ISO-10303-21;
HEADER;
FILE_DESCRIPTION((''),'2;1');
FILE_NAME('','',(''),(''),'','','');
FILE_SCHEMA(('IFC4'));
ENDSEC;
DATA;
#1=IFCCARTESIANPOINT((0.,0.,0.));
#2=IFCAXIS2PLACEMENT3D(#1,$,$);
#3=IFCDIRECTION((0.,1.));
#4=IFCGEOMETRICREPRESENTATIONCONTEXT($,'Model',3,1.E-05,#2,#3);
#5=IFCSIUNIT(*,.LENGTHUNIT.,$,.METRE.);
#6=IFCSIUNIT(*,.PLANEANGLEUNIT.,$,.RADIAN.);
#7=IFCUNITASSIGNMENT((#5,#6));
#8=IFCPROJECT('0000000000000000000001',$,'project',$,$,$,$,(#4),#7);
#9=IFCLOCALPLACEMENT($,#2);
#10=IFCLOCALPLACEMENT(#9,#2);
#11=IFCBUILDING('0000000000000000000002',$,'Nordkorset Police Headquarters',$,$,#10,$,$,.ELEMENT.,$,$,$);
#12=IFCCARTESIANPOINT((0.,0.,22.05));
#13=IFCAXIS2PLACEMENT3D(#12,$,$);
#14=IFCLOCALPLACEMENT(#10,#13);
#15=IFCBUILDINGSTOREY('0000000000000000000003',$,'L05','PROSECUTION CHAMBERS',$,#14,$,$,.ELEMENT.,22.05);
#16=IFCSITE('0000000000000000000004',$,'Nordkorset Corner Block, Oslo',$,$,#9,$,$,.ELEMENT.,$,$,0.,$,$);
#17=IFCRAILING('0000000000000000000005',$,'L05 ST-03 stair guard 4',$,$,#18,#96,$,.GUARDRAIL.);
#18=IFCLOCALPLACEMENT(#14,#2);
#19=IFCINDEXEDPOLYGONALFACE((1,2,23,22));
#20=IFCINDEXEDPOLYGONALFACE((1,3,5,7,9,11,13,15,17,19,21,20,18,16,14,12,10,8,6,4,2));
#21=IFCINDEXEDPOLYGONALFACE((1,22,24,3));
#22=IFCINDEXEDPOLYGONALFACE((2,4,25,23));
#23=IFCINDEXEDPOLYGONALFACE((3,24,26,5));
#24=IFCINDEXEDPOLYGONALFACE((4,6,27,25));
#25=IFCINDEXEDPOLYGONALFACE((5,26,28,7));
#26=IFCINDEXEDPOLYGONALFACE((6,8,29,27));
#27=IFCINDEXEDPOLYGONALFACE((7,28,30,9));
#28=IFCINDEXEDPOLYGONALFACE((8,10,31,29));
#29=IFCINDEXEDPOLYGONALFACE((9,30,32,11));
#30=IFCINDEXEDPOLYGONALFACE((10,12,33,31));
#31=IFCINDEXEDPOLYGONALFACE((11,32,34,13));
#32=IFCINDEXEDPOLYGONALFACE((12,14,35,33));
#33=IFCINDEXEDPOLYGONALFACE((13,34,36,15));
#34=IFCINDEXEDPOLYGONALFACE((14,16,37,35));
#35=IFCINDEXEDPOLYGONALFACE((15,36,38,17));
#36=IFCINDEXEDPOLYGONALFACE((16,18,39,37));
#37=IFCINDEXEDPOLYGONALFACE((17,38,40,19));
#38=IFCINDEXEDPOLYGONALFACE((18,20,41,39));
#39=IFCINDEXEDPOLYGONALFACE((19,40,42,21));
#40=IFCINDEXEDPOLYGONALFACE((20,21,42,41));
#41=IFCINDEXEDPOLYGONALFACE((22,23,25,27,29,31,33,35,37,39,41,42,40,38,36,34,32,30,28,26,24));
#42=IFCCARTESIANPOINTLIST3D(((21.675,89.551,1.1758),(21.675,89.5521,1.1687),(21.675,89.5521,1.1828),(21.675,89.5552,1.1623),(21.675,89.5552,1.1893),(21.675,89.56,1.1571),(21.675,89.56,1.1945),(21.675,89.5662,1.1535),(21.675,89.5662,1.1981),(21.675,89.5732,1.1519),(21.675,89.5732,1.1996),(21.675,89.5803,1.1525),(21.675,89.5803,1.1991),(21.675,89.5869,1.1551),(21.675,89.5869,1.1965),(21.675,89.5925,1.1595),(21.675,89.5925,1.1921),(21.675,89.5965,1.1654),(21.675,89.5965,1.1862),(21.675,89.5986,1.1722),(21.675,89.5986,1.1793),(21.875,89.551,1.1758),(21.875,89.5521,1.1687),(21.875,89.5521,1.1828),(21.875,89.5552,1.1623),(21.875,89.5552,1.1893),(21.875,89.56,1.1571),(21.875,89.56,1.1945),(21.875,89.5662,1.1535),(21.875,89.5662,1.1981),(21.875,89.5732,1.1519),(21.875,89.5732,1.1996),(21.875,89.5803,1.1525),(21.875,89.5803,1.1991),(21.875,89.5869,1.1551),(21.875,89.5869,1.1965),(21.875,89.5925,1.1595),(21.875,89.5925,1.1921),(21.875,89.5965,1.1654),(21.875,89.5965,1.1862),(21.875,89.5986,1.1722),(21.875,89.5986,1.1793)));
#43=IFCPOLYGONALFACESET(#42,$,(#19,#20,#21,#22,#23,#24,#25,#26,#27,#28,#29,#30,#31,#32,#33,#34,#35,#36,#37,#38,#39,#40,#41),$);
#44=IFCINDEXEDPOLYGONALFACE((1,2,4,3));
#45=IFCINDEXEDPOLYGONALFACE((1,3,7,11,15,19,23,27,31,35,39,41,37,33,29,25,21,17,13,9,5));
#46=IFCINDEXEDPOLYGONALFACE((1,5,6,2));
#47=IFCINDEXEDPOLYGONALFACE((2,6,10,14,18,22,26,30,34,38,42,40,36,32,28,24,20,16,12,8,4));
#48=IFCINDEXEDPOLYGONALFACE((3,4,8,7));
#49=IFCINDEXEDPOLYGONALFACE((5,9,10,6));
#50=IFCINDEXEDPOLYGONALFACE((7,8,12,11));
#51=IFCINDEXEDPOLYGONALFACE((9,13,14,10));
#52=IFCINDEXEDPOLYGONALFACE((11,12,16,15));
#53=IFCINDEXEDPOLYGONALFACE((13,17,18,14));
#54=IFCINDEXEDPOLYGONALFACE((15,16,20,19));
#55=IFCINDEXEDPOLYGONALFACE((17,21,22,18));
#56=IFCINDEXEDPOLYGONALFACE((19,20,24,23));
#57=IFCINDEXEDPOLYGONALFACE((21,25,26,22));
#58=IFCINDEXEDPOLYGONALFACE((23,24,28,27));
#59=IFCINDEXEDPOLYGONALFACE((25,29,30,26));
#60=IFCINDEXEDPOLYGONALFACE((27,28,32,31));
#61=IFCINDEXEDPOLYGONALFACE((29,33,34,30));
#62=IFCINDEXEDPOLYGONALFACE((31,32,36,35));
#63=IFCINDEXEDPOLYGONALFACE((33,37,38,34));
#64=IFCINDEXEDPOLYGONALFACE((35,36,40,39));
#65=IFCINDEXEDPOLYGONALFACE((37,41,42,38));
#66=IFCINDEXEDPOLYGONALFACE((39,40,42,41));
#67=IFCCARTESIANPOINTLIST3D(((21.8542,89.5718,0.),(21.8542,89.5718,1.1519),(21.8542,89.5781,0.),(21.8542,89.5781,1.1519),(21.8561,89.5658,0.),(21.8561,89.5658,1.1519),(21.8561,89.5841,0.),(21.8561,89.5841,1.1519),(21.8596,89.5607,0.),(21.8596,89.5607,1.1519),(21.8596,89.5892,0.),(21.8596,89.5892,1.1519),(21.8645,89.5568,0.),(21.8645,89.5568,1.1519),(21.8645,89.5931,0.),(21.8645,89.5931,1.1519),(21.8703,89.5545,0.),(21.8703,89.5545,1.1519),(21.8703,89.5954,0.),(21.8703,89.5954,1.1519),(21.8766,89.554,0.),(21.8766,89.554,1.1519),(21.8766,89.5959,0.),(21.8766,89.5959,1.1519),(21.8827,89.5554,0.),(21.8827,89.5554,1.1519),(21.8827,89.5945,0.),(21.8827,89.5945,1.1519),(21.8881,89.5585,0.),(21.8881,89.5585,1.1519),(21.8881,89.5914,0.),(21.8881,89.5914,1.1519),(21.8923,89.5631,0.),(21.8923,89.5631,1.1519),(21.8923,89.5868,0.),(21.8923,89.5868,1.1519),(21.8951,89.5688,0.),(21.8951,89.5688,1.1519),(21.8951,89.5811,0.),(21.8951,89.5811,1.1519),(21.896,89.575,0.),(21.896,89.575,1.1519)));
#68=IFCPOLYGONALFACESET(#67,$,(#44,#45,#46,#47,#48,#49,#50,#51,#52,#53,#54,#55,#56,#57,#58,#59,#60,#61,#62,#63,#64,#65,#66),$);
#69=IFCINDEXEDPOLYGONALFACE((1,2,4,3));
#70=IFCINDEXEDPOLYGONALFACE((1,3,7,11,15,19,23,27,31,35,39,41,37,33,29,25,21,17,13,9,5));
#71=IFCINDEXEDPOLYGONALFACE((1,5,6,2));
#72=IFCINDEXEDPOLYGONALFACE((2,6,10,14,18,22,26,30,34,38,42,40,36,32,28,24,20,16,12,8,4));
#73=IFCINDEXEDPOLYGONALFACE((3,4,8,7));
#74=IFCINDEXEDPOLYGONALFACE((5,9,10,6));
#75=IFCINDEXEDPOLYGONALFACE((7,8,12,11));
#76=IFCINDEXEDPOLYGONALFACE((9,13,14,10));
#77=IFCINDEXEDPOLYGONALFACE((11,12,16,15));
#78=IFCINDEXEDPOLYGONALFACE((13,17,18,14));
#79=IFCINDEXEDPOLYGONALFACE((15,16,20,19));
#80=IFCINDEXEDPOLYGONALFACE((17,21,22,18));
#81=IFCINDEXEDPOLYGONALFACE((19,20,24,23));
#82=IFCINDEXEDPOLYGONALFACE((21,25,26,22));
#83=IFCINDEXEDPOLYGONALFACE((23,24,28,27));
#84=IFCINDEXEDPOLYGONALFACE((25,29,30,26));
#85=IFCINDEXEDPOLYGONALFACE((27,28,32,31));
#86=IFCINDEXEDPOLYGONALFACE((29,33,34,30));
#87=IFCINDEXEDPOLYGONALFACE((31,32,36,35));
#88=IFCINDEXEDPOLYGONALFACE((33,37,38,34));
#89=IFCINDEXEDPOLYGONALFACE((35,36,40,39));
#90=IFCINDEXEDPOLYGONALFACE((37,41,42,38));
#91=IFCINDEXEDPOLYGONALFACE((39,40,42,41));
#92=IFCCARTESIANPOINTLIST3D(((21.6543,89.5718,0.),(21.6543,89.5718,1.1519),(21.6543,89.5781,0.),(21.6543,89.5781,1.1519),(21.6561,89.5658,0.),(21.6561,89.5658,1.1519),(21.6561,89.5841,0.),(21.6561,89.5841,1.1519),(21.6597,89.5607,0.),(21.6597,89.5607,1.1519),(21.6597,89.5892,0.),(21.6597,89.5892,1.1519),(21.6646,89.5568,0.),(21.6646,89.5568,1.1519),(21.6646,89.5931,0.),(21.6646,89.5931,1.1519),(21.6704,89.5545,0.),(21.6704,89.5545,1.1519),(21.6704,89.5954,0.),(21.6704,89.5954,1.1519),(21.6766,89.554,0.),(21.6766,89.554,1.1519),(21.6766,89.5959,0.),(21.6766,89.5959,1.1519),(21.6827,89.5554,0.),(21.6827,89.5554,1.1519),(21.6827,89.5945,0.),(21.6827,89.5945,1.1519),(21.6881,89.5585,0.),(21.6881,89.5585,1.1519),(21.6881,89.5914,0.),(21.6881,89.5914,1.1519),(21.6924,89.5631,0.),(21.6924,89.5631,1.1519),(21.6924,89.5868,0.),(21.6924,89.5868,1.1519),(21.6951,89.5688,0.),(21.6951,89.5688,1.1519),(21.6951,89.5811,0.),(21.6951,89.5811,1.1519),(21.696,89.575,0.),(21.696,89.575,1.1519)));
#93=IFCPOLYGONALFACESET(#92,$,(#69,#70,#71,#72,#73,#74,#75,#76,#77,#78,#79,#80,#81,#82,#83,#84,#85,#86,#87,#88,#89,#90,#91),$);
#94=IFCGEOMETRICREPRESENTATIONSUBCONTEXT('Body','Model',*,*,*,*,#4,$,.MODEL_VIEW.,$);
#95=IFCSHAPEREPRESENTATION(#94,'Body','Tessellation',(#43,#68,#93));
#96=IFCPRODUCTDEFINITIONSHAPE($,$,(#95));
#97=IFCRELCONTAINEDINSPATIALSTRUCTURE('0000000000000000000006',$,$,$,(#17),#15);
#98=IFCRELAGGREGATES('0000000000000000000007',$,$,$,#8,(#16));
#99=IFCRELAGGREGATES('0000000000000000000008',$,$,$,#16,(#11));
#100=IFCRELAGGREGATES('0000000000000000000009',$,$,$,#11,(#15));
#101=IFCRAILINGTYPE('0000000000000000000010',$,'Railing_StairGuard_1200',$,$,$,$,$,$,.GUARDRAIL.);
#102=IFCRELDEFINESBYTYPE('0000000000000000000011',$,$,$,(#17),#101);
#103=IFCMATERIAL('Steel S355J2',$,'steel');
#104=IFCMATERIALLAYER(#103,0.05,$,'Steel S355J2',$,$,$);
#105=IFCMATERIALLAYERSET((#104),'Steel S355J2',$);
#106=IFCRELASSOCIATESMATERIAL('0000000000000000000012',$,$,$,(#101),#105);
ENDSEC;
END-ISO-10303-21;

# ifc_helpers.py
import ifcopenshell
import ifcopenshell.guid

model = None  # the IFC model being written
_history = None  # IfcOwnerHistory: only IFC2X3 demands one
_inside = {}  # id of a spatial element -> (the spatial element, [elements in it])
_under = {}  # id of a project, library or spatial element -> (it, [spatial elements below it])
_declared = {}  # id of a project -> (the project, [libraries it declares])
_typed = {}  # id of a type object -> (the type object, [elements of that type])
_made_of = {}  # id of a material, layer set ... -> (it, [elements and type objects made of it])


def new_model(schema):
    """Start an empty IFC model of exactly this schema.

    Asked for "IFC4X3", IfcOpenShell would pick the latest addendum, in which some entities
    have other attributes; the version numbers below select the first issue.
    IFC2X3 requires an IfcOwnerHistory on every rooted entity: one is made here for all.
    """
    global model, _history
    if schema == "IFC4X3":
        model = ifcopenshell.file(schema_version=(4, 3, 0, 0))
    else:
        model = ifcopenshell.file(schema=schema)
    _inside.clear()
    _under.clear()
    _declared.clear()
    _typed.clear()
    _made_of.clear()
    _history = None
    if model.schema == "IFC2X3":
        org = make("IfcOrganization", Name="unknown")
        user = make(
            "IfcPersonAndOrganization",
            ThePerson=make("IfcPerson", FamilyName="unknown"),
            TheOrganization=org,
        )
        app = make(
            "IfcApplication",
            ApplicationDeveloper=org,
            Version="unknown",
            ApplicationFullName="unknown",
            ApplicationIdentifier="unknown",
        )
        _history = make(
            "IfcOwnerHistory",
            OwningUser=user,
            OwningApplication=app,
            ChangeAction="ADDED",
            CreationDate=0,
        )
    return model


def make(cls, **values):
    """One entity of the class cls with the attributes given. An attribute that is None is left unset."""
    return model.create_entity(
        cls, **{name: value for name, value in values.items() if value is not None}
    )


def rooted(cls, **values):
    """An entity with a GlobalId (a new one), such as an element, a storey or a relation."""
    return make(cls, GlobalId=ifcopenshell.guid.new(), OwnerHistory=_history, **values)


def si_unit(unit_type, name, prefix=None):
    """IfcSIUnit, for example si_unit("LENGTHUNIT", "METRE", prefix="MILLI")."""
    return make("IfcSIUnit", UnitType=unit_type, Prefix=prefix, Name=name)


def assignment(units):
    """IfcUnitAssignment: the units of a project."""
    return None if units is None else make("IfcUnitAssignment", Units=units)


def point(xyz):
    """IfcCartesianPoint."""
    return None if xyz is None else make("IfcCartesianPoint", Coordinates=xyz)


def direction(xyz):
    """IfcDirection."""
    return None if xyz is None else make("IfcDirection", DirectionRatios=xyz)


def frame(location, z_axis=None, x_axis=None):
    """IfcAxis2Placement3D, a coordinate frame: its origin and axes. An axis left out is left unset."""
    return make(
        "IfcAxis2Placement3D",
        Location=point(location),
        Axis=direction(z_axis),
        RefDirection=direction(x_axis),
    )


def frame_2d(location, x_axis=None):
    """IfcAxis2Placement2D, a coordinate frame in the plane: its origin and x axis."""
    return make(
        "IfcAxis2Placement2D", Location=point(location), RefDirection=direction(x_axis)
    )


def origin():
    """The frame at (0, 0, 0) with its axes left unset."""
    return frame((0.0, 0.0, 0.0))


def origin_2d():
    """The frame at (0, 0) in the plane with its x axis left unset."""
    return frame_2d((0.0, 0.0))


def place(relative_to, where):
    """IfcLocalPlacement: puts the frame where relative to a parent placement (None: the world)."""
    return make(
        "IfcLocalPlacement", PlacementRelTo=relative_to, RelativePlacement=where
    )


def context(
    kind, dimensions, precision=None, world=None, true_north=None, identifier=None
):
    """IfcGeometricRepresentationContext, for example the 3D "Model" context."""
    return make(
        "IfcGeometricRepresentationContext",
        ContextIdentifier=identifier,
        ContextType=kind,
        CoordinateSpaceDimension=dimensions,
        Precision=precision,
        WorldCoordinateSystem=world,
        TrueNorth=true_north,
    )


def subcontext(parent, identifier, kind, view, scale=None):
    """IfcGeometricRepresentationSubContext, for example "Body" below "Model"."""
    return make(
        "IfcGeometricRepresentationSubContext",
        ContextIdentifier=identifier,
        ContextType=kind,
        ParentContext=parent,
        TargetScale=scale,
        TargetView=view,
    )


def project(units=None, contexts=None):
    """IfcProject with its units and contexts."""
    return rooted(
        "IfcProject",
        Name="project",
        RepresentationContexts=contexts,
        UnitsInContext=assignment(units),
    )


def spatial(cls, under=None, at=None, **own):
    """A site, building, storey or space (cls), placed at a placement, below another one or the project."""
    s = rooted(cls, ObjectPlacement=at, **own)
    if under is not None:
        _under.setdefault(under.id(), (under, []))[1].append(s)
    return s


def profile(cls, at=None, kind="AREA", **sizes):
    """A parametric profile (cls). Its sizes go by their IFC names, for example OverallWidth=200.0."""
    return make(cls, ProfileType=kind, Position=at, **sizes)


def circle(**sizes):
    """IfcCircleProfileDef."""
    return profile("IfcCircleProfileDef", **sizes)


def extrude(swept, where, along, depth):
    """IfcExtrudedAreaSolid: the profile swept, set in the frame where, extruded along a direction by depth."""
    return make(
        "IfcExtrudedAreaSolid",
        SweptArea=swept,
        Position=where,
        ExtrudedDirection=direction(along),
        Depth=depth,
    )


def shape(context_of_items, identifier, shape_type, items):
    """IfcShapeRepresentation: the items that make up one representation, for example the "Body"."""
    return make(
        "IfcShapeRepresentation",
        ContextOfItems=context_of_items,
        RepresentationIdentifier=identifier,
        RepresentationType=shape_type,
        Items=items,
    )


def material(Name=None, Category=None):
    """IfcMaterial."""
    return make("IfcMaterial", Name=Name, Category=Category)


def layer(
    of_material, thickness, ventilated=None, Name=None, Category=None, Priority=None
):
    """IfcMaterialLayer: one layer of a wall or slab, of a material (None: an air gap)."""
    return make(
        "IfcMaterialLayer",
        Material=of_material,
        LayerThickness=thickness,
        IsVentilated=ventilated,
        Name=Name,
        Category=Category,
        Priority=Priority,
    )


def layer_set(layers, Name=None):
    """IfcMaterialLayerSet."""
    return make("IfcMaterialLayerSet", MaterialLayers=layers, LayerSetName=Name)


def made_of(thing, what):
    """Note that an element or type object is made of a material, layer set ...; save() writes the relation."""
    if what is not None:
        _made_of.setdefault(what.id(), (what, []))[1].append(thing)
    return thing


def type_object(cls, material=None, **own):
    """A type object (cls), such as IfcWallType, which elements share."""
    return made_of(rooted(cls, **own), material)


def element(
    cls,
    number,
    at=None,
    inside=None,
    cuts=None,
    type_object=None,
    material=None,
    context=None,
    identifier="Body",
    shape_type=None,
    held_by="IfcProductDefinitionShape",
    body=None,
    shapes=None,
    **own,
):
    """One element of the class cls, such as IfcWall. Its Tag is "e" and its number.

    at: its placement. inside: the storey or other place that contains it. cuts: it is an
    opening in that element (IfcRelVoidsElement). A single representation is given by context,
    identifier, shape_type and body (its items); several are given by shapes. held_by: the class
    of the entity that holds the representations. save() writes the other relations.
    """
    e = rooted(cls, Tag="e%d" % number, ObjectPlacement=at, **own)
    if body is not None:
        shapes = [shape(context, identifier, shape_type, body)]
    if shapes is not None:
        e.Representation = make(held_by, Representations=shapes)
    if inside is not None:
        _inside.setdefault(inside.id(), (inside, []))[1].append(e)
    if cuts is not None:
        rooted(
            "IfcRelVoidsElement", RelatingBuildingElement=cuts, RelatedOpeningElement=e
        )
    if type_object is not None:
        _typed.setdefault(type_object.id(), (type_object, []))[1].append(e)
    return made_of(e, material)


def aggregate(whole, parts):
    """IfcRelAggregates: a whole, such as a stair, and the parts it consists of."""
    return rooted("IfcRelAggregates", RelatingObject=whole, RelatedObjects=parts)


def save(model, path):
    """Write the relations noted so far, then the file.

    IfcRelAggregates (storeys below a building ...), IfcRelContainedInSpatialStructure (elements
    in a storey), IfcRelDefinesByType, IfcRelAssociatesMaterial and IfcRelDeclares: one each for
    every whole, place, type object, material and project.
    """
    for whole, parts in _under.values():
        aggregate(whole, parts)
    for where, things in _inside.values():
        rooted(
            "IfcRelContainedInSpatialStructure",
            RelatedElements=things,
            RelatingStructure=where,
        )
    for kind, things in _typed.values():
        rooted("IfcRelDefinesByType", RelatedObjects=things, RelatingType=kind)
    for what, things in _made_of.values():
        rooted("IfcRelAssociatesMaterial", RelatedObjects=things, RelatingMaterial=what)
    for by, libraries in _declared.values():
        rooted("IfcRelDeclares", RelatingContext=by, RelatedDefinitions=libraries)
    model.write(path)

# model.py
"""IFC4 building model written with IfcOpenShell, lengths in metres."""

from ifc_helpers import new_model, si_unit, direction, frame, origin, origin_2d, place, context, subcontext, project, spatial, circle, extrude, material, layer, layer_set, type_object, element, save


model = new_model("IFC4")

# Units and contexts
model_context = context("Model", 3, precision=1e-05, world=origin(), true_north=direction((0.0, 1.0)))
body_context = subcontext(model_context, "Body", "Model", "MODEL_VIEW")
ifc_project = project(units=[si_unit("LENGTHUNIT", "METRE"), si_unit("PLANEANGLEUNIT", "RADIAN")], contexts=[model_context])

# Site, building, storey
site_placement = place(None, origin())
site = spatial("IfcSite", under=ifc_project, at=site_placement, Name="Nordkorset Corner Block, Oslo", CompositionType="ELEMENT", RefElevation=0.0)
building_placement = place(site_placement, origin())
building = spatial("IfcBuilding", under=site, at=building_placement, Name="Nordkorset Police Headquarters", CompositionType="ELEMENT")
storey_placement = place(building_placement, frame((0.0, 0.0, 22.05)))
storey = spatial("IfcBuildingStorey", under=building, at=storey_placement, Name="L05", Description="PROSECUTION CHAMBERS", CompositionType="ELEMENT", Elevation=22.05)

# Railing
ifc_material_1 = material(Name="Steel S355J2", Category="steel")
ifc_layer_1 = layer(ifc_material_1, 0.05, Name="Steel S355J2")
ifc_layer_set_1 = layer_set([ifc_layer_1], Name="Steel S355J2")
railing_type_1 = type_object("IfcRailingType", Name="Railing_StairGuard_1200", PredefinedType="GUARDRAIL", material=ifc_layer_set_1)
railing_1_placement = place(storey_placement, frame((21.875, 89.575, 0.0)))
element("IfcRailing", 1, at=railing_1_placement, inside=storey, type_object=railing_type_1, Name="L05 ST-03 stair guard 4", PredefinedType="GUARDRAIL", context=body_context, shape_type="SweptSolid", body=[
    extrude(circle(Radius=0.0239, at=origin_2d()), frame((0.0, 0.0, 1.1758), z_axis=(-1.0, 0.0, 0.0), x_axis=(0.0, -1.0, 0.0)), (0.0, 0.0, 1.0), 0.2),
    extrude(circle(Radius=0.021, at=origin_2d()), origin(), (0.0, 0.0, 1.0), 1.1519),
    extrude(circle(Radius=0.021, at=origin_2d()), frame((-0.2, 0.0, 0.0)), (0.0, 0.0, 1.0), 1.1519),
])

save(model, "model.ifc")
